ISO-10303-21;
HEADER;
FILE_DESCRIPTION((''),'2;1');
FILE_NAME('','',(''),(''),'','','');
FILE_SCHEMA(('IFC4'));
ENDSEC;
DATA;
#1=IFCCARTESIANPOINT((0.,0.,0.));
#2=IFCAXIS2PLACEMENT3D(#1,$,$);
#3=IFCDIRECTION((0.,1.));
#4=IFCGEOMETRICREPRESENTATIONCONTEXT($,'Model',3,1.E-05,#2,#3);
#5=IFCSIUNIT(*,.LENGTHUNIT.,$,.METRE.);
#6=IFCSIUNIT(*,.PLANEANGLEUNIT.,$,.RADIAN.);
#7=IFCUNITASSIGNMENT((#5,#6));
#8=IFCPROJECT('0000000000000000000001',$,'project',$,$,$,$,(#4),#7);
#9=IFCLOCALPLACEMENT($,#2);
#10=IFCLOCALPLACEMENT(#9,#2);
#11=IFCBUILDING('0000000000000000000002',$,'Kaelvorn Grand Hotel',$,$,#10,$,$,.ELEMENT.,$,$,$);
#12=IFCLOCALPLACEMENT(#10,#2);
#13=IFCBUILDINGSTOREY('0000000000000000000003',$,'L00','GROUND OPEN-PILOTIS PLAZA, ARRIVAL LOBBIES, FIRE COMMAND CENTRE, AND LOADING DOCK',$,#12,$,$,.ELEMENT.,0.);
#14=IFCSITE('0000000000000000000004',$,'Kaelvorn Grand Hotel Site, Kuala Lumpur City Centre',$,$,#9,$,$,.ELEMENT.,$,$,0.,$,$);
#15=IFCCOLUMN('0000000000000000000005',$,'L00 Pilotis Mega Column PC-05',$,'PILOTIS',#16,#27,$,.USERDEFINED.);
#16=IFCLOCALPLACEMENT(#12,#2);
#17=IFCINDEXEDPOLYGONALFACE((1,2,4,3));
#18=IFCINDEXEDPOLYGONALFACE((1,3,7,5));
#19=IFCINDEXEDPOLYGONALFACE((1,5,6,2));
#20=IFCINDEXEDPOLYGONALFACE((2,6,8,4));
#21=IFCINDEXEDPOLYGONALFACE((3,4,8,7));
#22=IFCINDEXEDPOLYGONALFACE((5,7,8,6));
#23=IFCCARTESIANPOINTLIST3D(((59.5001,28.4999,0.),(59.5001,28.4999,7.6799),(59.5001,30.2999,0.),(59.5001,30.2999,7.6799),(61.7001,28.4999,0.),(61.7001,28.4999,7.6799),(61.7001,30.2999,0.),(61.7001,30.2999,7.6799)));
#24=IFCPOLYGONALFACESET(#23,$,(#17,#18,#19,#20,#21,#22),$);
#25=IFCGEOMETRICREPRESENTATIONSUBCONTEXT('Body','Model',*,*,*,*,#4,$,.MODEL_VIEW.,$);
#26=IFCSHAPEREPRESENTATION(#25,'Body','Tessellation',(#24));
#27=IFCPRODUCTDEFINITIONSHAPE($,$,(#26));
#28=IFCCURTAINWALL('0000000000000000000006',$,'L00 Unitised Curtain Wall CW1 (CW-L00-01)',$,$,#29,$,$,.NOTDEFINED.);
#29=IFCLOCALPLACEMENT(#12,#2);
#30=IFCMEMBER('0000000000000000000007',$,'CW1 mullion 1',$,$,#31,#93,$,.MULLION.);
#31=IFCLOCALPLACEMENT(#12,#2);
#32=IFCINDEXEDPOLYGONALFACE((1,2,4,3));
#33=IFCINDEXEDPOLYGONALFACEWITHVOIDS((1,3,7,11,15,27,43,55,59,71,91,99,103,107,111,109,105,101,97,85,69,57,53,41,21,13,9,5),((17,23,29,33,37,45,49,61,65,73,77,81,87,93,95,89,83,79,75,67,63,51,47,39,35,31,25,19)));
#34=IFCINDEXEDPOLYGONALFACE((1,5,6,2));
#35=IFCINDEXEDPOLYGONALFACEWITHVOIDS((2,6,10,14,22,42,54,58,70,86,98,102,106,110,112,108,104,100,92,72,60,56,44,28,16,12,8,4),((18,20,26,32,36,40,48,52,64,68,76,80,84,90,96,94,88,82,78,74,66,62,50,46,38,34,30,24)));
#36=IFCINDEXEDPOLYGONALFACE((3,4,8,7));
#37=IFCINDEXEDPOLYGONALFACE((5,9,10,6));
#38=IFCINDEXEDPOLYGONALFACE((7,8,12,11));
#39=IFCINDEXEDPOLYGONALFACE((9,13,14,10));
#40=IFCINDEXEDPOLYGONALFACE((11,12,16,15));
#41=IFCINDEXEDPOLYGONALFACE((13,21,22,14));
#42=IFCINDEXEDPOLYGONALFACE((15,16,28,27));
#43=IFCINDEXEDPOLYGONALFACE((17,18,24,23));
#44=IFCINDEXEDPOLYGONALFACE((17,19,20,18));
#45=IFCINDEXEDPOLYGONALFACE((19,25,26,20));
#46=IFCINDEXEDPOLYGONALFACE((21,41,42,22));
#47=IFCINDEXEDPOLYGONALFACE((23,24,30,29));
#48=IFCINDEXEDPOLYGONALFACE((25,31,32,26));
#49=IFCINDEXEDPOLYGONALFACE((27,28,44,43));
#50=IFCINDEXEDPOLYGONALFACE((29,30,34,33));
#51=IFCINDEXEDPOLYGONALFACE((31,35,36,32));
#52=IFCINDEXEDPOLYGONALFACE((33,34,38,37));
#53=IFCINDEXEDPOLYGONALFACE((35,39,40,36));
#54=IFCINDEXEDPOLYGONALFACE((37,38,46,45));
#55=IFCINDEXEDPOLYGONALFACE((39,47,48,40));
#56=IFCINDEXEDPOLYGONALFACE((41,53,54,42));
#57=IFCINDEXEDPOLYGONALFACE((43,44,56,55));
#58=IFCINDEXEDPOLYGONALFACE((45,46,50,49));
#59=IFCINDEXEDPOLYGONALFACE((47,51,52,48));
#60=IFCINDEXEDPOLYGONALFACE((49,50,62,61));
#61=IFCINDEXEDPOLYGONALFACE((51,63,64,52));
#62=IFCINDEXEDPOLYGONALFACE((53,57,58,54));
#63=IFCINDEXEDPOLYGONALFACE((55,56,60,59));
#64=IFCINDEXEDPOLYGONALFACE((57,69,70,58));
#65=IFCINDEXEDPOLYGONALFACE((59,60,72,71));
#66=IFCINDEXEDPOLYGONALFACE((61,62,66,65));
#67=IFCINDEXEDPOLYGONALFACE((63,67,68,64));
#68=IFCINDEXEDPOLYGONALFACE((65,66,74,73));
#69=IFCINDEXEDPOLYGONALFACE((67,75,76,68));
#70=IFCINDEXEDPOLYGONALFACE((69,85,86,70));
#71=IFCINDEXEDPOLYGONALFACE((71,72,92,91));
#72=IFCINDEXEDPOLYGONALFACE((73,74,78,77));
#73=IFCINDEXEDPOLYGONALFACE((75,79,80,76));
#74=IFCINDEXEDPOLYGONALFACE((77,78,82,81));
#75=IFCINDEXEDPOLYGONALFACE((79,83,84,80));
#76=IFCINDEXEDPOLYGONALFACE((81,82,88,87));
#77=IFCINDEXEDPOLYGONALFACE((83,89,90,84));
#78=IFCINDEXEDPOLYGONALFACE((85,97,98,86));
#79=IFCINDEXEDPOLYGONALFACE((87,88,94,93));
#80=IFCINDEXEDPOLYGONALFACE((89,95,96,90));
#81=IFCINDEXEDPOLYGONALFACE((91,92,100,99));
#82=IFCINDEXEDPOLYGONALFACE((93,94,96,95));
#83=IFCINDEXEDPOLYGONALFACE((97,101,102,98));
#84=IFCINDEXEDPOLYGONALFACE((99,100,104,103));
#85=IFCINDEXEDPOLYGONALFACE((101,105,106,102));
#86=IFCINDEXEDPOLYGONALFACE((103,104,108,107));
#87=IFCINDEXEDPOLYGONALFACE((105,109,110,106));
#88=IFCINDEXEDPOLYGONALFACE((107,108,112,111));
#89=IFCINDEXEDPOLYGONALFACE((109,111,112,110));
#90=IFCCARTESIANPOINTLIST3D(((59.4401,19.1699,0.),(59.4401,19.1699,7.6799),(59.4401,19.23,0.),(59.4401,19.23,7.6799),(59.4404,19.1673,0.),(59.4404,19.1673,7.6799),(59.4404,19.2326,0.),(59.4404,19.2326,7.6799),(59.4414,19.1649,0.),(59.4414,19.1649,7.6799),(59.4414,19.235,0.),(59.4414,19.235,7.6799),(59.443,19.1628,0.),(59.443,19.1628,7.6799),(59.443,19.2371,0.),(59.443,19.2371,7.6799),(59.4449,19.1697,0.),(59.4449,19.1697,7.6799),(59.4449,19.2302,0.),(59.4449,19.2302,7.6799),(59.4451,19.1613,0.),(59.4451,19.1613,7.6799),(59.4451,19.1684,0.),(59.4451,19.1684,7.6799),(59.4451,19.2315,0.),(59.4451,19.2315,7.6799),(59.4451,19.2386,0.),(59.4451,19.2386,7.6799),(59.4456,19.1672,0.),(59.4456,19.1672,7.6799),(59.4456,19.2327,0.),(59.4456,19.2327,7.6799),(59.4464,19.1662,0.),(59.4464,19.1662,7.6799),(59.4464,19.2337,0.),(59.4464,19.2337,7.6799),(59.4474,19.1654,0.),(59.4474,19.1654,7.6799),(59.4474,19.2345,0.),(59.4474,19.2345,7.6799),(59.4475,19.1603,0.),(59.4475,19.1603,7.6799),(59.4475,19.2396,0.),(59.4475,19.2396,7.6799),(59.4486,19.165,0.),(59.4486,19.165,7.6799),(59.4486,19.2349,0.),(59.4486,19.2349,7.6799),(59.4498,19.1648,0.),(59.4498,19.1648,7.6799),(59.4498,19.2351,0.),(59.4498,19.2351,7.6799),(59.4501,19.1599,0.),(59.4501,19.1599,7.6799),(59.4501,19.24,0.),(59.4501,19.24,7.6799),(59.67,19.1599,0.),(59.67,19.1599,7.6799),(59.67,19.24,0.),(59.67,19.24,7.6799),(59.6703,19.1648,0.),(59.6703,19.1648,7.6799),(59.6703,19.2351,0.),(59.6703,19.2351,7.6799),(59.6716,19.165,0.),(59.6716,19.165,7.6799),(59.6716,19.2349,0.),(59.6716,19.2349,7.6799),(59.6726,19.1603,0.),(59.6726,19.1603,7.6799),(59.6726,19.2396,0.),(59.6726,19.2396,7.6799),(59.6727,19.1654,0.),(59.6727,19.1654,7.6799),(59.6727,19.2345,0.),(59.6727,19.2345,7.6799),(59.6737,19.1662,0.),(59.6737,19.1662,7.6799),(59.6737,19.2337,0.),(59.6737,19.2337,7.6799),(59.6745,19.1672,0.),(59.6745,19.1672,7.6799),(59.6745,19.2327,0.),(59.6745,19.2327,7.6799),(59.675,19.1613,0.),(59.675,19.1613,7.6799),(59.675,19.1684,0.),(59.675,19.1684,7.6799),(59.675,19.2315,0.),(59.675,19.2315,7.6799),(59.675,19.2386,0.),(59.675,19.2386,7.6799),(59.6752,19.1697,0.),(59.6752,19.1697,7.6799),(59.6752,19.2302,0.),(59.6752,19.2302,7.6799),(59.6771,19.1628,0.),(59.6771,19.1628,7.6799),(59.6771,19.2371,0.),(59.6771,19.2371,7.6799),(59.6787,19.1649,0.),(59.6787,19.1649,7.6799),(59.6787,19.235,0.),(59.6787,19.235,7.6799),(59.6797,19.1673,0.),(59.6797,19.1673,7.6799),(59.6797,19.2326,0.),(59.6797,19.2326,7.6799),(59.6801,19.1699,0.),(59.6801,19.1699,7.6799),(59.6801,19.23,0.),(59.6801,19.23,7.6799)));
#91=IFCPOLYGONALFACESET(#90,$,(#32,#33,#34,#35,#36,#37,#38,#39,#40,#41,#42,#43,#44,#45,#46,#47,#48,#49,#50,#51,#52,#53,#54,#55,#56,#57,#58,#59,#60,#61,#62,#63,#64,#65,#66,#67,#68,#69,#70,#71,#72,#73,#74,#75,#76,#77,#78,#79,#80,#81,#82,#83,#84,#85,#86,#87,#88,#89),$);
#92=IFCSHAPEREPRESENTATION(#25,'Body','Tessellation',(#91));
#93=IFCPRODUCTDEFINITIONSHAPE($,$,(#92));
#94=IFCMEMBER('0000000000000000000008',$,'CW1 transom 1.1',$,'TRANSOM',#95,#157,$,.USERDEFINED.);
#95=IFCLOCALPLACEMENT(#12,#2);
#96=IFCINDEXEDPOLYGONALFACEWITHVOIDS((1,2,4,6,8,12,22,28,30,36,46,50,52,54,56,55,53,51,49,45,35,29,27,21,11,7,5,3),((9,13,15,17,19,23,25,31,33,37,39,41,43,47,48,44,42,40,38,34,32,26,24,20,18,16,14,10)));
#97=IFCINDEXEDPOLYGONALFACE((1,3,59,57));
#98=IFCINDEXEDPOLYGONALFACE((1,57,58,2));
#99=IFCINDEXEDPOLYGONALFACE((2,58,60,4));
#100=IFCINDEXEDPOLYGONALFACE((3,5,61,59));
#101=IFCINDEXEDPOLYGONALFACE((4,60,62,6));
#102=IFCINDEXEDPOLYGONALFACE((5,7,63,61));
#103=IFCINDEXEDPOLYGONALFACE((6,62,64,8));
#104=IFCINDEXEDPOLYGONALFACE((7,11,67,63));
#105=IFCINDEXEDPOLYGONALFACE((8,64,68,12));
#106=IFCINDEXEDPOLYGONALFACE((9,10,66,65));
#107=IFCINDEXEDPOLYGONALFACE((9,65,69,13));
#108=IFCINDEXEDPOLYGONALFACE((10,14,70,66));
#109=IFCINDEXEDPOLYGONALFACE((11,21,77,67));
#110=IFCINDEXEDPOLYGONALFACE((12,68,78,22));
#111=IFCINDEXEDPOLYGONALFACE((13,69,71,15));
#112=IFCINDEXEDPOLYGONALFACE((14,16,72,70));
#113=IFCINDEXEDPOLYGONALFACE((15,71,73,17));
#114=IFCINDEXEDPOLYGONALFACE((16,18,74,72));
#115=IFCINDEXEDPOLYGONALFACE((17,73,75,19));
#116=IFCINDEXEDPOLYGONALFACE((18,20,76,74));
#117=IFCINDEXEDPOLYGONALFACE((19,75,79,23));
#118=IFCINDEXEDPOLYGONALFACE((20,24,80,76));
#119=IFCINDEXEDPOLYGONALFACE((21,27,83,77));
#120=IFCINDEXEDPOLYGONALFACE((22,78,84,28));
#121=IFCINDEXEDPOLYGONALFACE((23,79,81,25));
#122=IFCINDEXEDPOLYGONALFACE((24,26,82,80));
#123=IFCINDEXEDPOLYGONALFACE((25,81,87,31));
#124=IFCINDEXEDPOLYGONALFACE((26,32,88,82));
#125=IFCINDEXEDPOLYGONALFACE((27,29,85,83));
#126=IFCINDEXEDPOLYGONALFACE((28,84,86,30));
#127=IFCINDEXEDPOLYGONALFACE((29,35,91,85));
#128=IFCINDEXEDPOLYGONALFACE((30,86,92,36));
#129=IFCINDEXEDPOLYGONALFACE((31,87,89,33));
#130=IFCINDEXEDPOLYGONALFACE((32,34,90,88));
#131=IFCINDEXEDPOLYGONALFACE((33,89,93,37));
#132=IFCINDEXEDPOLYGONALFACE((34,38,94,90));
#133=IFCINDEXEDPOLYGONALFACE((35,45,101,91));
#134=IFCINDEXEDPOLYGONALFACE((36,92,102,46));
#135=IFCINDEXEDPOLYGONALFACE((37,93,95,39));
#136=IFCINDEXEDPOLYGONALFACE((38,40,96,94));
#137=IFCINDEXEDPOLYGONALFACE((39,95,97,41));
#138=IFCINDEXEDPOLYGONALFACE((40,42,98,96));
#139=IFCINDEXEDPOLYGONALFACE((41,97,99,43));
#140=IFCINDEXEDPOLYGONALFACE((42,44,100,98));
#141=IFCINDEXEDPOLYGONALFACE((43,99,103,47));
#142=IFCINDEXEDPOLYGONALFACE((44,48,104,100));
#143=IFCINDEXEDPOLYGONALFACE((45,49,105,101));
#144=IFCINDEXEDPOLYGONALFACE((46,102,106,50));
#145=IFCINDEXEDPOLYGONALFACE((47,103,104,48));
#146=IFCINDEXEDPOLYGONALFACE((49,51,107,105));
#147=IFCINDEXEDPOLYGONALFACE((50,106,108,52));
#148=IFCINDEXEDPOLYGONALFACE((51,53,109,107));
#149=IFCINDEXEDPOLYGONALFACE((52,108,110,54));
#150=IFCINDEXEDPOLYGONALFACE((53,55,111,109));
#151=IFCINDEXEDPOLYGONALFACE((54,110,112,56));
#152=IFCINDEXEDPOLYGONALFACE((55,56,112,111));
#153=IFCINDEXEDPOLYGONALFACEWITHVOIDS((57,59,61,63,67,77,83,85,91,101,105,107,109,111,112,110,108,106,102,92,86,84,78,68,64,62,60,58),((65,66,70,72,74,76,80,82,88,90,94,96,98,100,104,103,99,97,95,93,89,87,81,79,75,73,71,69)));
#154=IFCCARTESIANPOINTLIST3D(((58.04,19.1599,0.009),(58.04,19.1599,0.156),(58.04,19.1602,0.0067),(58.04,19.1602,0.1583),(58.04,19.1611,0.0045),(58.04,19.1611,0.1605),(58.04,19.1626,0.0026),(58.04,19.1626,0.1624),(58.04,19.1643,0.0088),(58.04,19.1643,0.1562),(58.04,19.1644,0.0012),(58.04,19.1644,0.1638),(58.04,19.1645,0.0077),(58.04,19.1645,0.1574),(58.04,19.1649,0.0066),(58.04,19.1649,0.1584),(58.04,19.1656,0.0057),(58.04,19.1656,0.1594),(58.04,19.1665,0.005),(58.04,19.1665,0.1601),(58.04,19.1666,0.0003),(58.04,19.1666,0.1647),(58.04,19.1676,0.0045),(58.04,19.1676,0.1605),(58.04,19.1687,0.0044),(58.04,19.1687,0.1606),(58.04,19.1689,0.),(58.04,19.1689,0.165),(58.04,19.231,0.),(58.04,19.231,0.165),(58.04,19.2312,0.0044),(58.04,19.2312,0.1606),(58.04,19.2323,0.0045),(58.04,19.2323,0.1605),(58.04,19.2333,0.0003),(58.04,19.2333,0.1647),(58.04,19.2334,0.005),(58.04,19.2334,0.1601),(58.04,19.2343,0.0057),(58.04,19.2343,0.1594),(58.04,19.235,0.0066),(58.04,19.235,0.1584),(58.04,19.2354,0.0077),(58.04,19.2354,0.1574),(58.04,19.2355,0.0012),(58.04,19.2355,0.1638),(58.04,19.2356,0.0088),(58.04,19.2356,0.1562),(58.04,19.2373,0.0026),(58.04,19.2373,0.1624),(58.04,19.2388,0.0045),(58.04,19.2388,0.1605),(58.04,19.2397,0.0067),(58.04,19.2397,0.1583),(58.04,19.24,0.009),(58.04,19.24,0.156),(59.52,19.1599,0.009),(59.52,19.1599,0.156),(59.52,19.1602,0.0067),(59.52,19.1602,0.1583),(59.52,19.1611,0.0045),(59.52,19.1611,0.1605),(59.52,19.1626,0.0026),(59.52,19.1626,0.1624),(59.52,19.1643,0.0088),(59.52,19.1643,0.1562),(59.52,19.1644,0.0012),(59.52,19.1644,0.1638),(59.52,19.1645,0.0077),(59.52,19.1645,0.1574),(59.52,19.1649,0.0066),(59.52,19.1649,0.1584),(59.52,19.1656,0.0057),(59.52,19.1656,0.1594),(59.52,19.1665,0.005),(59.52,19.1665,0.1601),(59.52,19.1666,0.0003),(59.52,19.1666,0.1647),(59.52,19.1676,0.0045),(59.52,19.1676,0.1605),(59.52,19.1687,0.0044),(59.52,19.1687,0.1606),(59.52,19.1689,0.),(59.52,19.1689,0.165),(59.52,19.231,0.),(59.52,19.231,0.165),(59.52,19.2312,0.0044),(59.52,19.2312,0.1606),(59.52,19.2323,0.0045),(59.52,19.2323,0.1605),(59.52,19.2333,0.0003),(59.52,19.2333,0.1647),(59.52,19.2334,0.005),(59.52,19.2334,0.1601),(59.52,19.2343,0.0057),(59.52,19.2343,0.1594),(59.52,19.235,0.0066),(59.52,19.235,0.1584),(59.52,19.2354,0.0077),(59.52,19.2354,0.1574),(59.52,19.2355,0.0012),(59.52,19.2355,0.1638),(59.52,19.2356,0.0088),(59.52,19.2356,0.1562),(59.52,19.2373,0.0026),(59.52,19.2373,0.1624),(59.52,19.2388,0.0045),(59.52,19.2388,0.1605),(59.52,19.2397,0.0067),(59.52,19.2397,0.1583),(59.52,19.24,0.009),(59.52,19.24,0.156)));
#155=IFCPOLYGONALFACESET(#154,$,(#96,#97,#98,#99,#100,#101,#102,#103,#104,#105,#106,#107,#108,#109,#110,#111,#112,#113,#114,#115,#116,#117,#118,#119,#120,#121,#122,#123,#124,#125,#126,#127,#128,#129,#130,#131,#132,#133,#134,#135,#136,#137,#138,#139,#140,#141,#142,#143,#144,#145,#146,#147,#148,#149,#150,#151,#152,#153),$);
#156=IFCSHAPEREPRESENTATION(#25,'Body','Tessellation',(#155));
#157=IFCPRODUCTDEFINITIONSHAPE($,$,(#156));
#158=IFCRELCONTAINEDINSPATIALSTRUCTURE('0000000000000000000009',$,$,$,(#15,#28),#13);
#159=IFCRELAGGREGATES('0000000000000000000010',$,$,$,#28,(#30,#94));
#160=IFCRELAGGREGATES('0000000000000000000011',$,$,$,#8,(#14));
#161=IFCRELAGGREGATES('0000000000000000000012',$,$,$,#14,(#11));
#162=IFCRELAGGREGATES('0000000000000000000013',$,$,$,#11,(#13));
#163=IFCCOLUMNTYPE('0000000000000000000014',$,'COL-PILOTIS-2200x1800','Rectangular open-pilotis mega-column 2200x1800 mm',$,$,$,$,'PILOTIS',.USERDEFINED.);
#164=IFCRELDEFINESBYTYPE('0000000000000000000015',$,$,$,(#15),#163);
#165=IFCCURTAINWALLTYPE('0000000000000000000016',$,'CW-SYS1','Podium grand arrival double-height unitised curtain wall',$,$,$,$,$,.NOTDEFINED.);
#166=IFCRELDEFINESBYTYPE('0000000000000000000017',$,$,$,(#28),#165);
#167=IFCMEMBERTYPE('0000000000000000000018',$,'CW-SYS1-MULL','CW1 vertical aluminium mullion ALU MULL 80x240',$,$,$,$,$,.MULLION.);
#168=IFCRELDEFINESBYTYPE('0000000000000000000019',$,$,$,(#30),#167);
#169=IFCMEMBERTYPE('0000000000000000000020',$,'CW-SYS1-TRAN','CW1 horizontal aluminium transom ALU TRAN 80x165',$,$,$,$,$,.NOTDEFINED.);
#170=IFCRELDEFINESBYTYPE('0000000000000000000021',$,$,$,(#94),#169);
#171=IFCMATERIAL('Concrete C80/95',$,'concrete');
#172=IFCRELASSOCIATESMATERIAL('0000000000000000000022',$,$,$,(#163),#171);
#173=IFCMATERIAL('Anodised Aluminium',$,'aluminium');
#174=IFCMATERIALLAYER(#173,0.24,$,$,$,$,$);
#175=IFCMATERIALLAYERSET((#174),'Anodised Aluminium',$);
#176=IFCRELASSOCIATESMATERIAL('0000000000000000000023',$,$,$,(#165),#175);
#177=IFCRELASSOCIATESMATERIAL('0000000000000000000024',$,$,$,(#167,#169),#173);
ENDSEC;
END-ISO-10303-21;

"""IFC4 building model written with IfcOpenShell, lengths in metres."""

from ifc_helpers import new_model, si_unit, direction, frame, origin, origin_2d, place, context, subcontext, project, spatial, rectangle, hollow_rectangle, extrude, material, layer, layer_set, material_profile, profile_set, type_object, element, aggregate, save


model = new_model("IFC4")

# Units and contexts
model_context = context("Model", 3, precision=1e-05, world=origin(), true_north=direction((0.0, 1.0)))
body_context = subcontext(model_context, "Body", "Model", "MODEL_VIEW")
ifc_project = project(units=[si_unit("LENGTHUNIT", "METRE"), si_unit("PLANEANGLEUNIT", "RADIAN")], contexts=[model_context])

# Site, building, storey
site_placement = place(None, origin())
site = spatial("IfcSite", under=ifc_project, at=site_placement, Name="Kaelvorn Grand Hotel Site, Kuala Lumpur City Centre", CompositionType="ELEMENT", RefElevation=0.0)
building_placement = place(site_placement, origin())
building = spatial("IfcBuilding", under=site, at=building_placement, Name="Kaelvorn Grand Hotel", CompositionType="ELEMENT")
storey_placement = place(building_placement, origin())
storey = spatial("IfcBuildingStorey", under=building, at=storey_placement, Name="L00", Description="GROUND OPEN-PILOTIS PLAZA, ARRIVAL LOBBIES, FIRE COMMAND CENTRE, AND LOADING DOCK", CompositionType="ELEMENT", Elevation=0.0)

# Column
ifc_material_1 = material(Name="Concrete C80/95", Category="concrete")
ifc_material_profile_1 = material_profile(ifc_material_1, rectangle(XDim=2.2, YDim=1.8, at=origin_2d()), Name="PILOTIS 2200x1800")
ifc_profile_set_1 = profile_set([ifc_material_profile_1], Name="Concrete C80/95")
column_type = type_object("IfcColumnType", Name="COL-PILOTIS-2200x1800", Description="Rectangular open-pilotis mega-column 2200x1800 mm", ElementType="PILOTIS", PredefinedType="USERDEFINED", material=ifc_profile_set_1)
column_placement = place(storey_placement, frame((60.6001, 29.3999, 0.0), z_axis=(0.0, 0.0, 1.0), x_axis=(1.0, 0.0, 0.0)))
element("IfcColumn", 1, at=column_placement, inside=storey, type_object=column_type, Name="L00 Pilotis Mega Column PC-05", ObjectType="PILOTIS", PredefinedType="USERDEFINED", context=body_context, shape_type="SweptSolid", body=[
    extrude(rectangle(XDim=2.2, YDim=1.8, at=origin_2d()), origin(), (0.0, 0.0, 1.0), 7.6799),
])

# Curtain wall, members
ifc_material_2 = material(Name="Anodised Aluminium", Category="aluminium")
ifc_layer_1 = layer(ifc_material_2, 0.24)
ifc_layer_set_1 = layer_set([ifc_layer_1], Name="Anodised Aluminium")
curtain_wall_type = type_object("IfcCurtainWallType", Name="CW-SYS1", Description="Podium grand arrival double-height unitised curtain wall", PredefinedType="NOTDEFINED", material=ifc_layer_set_1)
curtain_wall_placement = place(storey_placement, origin())
curtain_wall = element("IfcCurtainWall", 2, at=curtain_wall_placement, inside=storey, type_object=curtain_wall_type, Name="L00 Unitised Curtain Wall CW1 (CW-L00-01)", PredefinedType="NOTDEFINED")
ifc_material_profile_2 = material_profile(ifc_material_2, hollow_rectangle(XDim=0.0801, YDim=0.24, WallThickness=0.0049, InnerFilletRadius=0.0049, OuterFilletRadius=0.01, at=origin_2d()), Name="ALU MULL 80x240")
ifc_profile_set_2 = profile_set([ifc_material_profile_2], Name="Anodised Aluminium")
member_type_1 = type_object("IfcMemberType", Name="CW-SYS1-MULL", Description="CW1 vertical aluminium mullion ALU MULL 80x240", PredefinedType="MULLION", material=ifc_profile_set_2)
member_1_placement = place(storey_placement, frame((59.5601, 19.2, 0.0), z_axis=(0.0, 0.0, 1.0), x_axis=(0.0, -1.0, 0.0)))
member_1 = element("IfcMember", 3, at=member_1_placement, type_object=member_type_1, Name="CW1 mullion 1", PredefinedType="MULLION", context=body_context, shape_type="SweptSolid", body=[
    extrude(hollow_rectangle(XDim=0.0801, YDim=0.24, WallThickness=0.0049, InnerFilletRadius=0.0049, OuterFilletRadius=0.01, at=origin_2d()), origin(), (0.0, 0.0, 1.0), 7.6799),
])
ifc_material_profile_3 = material_profile(ifc_material_2, hollow_rectangle(XDim=0.0801, YDim=0.165, WallThickness=0.0044, InnerFilletRadius=0.0044, OuterFilletRadius=0.009, at=origin_2d()), Name="ALU TRAN 80x165")
ifc_profile_set_3 = profile_set([ifc_material_profile_3], Name="Anodised Aluminium")
member_type_2 = type_object("IfcMemberType", Name="CW-SYS1-TRAN", Description="CW1 horizontal aluminium transom ALU TRAN 80x165", PredefinedType="NOTDEFINED", material=ifc_profile_set_3)
member_2_placement = place(storey_placement, frame((59.52, 19.2, 0.0825), z_axis=(-1.0, 0.0, 0.0), x_axis=(0.0, -1.0, 0.0)))
member_2 = element("IfcMember", 4, at=member_2_placement, type_object=member_type_2, Name="CW1 transom 1.1", ObjectType="TRANSOM", PredefinedType="USERDEFINED", context=body_context, shape_type="SweptSolid", body=[
    extrude(hollow_rectangle(XDim=0.0801, YDim=0.165, WallThickness=0.0044, InnerFilletRadius=0.0044, OuterFilletRadius=0.009, at=origin_2d()), origin(), (0.0, 0.0, 1.0), 1.48),
])
aggregate(curtain_wall, [member_1, member_2])

save(model, "model.ifc")
